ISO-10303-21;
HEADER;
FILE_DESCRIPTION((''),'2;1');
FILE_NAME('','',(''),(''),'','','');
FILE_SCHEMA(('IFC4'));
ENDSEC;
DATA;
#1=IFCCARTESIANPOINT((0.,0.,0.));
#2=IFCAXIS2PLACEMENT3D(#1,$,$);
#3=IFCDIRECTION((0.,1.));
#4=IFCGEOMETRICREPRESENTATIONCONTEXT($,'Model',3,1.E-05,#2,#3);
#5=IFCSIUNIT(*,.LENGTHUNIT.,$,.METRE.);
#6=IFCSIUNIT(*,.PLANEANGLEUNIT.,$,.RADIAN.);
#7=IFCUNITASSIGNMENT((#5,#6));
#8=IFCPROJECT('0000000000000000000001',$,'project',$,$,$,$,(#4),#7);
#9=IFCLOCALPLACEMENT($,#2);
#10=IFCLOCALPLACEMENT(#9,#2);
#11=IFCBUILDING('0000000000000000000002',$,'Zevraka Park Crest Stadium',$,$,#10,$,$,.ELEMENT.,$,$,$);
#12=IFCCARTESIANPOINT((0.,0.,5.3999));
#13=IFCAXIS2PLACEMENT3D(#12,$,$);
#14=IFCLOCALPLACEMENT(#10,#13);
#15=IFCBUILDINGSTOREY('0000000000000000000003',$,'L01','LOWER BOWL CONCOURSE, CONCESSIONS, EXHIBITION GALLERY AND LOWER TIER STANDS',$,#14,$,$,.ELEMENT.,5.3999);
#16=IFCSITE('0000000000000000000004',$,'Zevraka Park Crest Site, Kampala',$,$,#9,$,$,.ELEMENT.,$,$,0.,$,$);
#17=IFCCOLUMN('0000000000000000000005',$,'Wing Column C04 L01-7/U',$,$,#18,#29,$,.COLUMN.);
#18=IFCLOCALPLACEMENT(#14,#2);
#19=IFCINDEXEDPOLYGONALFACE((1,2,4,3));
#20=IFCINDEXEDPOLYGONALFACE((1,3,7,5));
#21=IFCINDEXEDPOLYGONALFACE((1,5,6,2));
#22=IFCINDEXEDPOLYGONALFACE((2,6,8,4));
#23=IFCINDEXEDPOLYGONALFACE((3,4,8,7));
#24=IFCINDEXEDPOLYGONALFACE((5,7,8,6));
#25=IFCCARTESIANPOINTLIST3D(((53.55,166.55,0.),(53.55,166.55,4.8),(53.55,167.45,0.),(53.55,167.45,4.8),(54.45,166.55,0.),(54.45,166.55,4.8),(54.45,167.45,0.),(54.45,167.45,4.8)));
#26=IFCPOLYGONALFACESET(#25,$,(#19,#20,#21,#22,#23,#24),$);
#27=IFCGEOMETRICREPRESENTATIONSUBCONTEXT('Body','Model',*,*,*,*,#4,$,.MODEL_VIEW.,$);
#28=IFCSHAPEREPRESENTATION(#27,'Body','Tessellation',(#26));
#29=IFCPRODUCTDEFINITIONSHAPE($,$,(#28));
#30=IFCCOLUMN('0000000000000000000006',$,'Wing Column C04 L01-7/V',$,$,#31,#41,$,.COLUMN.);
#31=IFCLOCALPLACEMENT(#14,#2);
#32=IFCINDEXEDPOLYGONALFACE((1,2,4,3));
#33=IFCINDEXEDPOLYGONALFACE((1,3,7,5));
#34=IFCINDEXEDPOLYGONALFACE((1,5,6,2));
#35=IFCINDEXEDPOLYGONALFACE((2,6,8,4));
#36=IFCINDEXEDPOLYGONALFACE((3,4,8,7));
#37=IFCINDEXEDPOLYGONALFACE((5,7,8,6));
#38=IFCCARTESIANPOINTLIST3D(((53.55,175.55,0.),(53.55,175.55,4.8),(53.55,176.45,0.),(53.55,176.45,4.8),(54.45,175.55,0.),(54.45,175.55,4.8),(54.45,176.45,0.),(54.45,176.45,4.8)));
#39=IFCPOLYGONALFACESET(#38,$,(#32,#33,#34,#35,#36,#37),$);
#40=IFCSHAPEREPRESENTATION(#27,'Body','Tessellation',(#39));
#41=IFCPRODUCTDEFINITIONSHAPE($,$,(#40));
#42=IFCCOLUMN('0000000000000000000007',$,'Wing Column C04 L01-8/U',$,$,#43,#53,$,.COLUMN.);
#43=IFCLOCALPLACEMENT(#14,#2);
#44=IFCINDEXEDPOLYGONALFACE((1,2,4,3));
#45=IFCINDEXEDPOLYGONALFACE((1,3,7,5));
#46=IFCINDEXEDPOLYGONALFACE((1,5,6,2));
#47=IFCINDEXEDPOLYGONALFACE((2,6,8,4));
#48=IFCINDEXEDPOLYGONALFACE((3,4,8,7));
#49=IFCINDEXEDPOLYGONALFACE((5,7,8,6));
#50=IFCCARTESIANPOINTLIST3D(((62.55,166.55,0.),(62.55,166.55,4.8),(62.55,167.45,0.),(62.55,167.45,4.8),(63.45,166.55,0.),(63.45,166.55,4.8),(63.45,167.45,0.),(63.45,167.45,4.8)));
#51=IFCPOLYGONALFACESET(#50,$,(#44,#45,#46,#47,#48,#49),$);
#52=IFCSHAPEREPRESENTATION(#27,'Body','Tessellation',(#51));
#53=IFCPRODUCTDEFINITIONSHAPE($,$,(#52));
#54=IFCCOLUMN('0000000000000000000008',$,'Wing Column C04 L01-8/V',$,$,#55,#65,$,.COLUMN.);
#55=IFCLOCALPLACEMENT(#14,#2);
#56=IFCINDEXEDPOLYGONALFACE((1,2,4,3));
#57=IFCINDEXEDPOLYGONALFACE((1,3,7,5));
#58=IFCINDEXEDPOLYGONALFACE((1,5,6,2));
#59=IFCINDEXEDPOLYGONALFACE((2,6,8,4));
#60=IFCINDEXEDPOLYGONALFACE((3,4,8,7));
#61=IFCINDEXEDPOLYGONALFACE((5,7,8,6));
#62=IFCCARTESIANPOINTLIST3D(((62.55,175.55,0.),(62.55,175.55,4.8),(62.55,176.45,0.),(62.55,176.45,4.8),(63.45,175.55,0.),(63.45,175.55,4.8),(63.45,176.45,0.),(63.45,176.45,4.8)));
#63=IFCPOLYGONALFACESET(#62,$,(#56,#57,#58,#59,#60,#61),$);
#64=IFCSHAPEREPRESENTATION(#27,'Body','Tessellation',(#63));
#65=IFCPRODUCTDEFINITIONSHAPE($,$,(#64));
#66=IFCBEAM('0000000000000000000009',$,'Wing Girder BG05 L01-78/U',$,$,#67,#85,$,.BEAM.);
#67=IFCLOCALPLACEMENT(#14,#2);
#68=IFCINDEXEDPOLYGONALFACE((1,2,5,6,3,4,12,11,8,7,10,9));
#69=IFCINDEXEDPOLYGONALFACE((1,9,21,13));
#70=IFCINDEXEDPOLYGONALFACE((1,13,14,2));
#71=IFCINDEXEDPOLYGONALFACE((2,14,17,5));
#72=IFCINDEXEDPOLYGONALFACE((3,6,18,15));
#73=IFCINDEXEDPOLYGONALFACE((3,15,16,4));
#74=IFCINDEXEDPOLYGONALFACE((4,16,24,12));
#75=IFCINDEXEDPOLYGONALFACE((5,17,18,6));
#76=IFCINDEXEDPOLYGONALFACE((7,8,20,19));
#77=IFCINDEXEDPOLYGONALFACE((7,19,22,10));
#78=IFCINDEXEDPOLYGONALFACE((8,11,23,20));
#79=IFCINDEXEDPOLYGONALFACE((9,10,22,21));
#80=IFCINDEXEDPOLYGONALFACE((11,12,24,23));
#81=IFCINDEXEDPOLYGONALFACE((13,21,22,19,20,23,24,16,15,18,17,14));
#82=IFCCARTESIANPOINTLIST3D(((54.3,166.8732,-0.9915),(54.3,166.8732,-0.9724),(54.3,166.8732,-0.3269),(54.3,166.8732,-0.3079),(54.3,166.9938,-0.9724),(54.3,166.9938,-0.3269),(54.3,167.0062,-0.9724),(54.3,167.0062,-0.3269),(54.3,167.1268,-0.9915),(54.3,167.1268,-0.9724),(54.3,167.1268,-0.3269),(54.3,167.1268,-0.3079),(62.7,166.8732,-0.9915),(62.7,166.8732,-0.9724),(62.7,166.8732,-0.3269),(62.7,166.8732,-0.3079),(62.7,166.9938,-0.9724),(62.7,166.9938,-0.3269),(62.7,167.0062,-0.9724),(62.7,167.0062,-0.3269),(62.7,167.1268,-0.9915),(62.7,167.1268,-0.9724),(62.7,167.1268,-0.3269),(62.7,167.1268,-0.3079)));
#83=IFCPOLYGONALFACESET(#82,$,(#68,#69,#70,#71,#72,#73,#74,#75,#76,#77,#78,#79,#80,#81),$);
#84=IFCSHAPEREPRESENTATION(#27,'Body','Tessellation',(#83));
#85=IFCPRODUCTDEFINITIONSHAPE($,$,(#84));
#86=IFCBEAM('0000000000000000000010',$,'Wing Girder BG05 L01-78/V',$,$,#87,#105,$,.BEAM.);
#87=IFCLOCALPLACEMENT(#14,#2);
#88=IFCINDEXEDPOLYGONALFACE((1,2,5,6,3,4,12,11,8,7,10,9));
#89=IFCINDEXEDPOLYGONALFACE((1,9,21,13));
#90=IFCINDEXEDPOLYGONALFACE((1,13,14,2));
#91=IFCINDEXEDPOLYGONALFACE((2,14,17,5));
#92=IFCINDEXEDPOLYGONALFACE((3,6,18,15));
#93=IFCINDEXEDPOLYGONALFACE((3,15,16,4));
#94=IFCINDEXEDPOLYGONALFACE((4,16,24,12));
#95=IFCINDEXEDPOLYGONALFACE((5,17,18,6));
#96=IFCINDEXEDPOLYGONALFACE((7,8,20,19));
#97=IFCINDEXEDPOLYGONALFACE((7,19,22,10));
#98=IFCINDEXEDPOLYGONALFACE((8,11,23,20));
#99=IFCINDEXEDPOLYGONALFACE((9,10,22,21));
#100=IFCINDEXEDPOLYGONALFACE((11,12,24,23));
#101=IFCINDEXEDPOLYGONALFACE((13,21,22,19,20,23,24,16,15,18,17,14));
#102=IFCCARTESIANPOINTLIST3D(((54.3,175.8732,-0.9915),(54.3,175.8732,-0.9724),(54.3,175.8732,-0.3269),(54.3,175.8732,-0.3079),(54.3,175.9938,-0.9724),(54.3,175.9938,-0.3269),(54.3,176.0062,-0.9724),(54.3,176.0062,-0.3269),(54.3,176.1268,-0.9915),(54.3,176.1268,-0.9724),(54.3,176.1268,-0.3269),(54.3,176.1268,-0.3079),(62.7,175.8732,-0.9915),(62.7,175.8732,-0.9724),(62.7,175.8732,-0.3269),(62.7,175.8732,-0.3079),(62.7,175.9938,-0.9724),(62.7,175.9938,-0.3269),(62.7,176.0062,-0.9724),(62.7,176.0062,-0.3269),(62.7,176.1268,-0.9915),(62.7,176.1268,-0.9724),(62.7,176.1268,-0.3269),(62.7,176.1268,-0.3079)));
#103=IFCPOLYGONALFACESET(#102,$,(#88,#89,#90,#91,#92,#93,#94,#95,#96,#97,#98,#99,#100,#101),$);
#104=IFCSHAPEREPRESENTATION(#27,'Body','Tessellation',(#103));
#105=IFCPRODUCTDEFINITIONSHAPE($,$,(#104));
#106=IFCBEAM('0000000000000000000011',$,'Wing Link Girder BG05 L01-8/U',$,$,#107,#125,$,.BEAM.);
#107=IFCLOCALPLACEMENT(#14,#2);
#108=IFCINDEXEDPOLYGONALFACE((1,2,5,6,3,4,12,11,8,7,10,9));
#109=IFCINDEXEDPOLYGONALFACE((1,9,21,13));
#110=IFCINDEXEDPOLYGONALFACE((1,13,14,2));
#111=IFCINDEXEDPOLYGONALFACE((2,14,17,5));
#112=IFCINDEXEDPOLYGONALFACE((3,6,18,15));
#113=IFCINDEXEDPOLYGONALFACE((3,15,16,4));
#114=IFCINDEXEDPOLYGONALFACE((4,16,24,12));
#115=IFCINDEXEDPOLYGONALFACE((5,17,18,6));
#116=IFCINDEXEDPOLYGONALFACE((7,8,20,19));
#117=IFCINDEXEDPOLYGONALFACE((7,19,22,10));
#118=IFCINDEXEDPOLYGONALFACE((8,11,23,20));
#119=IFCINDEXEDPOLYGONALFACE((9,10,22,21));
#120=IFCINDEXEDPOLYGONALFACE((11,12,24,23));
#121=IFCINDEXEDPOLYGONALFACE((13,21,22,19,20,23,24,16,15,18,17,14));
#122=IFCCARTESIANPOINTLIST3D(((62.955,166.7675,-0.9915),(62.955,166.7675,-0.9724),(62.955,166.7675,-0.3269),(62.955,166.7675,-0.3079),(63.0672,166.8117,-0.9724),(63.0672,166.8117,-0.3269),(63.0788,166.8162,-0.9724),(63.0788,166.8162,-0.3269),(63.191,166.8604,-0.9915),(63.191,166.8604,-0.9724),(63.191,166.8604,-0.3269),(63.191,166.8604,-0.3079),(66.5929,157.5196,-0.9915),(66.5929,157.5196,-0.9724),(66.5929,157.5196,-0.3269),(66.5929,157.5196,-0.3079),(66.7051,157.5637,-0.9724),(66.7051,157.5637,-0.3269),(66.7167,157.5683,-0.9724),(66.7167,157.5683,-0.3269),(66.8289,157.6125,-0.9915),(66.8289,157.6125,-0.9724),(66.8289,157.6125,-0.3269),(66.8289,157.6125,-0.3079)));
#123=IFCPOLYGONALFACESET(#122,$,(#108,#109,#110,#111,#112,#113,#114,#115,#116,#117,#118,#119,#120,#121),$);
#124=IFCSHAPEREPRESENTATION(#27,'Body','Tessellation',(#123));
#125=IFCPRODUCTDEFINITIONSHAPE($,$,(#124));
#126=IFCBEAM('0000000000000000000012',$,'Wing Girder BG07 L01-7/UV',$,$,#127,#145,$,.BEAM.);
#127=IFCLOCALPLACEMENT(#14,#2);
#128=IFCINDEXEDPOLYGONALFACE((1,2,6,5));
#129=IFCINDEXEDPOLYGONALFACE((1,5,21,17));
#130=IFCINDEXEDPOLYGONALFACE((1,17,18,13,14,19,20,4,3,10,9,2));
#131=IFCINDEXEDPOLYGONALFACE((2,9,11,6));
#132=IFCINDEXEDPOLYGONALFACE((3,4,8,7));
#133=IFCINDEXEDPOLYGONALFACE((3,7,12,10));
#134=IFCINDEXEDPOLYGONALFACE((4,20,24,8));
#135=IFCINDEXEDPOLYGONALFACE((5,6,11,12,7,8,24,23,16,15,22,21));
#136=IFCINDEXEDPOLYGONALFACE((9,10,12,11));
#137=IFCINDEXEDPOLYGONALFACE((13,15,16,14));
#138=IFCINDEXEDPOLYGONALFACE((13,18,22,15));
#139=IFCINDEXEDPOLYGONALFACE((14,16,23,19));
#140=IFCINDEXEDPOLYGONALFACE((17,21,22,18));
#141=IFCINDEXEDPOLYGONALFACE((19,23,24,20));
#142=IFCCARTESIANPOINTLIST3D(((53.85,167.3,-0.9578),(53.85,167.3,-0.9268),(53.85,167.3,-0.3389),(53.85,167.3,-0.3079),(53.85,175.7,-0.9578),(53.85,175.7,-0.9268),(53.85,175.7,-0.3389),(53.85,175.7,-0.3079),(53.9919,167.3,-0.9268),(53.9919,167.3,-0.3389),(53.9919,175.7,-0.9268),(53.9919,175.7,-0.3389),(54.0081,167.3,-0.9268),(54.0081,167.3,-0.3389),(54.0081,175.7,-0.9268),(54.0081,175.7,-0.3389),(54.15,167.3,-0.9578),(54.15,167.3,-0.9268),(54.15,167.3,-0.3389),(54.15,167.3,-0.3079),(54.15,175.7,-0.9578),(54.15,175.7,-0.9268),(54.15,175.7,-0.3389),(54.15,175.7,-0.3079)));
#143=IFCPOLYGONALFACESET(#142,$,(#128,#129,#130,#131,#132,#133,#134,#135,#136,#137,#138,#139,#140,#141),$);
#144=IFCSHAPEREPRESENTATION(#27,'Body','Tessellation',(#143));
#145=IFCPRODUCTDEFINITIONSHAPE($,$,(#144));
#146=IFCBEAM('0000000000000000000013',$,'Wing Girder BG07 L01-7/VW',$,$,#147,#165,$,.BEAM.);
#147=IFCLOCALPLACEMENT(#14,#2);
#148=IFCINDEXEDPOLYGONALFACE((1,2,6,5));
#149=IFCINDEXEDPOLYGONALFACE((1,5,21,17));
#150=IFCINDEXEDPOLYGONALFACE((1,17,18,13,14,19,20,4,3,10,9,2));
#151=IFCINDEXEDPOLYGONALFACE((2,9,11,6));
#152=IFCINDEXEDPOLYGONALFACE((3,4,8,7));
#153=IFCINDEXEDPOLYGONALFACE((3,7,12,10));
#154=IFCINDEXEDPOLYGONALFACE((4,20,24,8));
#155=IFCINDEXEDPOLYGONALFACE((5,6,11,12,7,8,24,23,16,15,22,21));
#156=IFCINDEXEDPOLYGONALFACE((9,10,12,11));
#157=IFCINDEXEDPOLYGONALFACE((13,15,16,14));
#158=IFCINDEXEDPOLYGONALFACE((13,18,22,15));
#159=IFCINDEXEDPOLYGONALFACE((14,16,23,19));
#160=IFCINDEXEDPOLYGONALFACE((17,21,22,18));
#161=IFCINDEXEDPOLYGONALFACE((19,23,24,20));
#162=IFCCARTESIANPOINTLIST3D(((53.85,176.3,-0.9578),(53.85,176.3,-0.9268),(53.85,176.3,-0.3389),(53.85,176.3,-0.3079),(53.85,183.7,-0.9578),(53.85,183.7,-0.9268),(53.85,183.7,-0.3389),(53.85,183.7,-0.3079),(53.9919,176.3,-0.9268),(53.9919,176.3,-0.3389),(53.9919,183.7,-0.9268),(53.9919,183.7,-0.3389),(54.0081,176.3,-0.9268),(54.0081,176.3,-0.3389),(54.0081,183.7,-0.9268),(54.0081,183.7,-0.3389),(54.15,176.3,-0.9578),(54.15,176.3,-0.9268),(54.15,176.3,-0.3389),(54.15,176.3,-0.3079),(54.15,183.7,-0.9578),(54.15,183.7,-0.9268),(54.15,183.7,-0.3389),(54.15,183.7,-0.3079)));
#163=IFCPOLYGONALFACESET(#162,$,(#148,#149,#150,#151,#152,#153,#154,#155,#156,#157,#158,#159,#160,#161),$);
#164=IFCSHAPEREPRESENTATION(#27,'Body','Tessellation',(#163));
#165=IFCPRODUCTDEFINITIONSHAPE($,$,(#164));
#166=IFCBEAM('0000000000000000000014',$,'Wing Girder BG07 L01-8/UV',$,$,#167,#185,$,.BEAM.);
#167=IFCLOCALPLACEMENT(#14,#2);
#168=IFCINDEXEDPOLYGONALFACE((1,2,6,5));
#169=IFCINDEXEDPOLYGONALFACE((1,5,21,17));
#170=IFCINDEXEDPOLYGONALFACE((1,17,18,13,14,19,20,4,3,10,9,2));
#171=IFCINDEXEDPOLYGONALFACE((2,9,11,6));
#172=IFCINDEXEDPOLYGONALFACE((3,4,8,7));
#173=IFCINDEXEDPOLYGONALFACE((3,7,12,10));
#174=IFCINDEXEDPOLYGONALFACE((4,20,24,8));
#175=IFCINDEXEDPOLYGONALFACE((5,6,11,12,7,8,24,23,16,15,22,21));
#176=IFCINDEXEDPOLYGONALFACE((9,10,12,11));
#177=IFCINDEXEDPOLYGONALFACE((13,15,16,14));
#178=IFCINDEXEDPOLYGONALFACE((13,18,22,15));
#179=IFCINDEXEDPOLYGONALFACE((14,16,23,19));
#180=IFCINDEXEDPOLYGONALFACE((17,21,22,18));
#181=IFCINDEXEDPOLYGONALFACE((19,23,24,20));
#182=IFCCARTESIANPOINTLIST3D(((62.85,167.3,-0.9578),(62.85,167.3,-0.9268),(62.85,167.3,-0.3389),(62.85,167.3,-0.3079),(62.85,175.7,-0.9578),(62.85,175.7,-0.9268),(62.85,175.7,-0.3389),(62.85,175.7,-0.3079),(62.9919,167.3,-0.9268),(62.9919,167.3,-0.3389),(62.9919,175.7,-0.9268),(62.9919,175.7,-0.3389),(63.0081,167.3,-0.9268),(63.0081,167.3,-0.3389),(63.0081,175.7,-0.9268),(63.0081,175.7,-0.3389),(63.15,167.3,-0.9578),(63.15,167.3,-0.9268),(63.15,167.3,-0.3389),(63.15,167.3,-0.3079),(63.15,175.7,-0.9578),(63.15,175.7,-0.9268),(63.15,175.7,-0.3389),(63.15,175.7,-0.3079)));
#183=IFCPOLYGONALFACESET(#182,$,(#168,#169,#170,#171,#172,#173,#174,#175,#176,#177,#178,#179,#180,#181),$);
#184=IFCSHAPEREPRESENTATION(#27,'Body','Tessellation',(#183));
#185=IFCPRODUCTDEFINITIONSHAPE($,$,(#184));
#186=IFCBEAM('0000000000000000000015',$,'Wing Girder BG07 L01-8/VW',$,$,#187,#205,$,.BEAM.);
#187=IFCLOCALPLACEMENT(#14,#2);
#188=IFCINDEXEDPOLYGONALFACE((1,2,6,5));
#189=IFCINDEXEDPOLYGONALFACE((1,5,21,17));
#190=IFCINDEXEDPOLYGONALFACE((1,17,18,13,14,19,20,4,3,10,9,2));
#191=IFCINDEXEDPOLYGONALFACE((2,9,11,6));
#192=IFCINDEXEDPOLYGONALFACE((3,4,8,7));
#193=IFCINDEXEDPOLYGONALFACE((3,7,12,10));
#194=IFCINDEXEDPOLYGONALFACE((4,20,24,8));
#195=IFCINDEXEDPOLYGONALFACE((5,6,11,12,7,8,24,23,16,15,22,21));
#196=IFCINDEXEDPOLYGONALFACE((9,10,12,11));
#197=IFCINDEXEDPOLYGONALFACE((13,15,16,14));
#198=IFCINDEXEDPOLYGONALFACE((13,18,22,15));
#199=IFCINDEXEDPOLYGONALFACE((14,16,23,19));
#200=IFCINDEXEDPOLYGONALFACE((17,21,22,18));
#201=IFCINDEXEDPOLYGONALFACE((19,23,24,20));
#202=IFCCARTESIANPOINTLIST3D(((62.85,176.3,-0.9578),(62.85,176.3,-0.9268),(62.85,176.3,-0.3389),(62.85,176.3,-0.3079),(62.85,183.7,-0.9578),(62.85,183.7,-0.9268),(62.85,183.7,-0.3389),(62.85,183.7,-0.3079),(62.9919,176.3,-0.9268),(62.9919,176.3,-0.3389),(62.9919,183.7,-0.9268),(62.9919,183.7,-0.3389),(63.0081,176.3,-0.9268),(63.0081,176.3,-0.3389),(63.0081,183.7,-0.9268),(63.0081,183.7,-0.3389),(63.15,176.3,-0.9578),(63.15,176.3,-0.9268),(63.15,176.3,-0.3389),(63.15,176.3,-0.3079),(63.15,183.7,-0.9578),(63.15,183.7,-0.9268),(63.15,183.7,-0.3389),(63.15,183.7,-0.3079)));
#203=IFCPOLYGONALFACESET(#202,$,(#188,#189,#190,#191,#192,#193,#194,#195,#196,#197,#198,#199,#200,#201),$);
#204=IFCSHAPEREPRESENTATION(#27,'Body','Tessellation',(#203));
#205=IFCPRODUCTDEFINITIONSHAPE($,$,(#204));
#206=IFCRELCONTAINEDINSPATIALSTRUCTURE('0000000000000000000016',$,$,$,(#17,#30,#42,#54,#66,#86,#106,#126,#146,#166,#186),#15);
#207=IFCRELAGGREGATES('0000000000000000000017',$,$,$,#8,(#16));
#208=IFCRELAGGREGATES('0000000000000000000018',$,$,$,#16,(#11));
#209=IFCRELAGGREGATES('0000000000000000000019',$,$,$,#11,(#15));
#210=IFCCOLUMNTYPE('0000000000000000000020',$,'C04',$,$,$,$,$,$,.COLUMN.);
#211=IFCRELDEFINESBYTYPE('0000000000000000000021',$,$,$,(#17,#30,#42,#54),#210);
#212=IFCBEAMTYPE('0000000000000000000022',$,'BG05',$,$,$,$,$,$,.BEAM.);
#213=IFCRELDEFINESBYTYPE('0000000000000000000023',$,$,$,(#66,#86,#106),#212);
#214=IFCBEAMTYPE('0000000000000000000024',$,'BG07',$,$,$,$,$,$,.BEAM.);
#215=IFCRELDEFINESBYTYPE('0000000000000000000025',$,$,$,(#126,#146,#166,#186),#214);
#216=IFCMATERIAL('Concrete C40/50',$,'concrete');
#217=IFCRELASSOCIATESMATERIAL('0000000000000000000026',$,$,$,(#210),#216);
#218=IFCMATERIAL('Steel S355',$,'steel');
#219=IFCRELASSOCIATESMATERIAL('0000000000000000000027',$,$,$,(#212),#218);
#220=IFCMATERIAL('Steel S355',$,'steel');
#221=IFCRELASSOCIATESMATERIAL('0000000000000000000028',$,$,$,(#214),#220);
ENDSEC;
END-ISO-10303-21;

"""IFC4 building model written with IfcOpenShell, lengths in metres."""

from ifc_helpers import new_model, si_unit, direction, frame, origin, origin_2d, place, context, subcontext, project, spatial, rectangle, i_section, extrude, material, material_profile, profile_set, type_object, element, save


model = new_model("IFC4")

# Units and contexts
model_context = context("Model", 3, precision=1e-05, world=origin(), true_north=direction((0.0, 1.0)))
body_context = subcontext(model_context, "Body", "Model", "MODEL_VIEW")
ifc_project = project(units=[si_unit("LENGTHUNIT", "METRE"), si_unit("PLANEANGLEUNIT", "RADIAN")], contexts=[model_context])

# Site, building, storey
site_placement = place(None, origin())
site = spatial("IfcSite", under=ifc_project, at=site_placement, Name="Zevraka Park Crest Site, Kampala", CompositionType="ELEMENT", RefElevation=0.0)
building_placement = place(site_placement, origin())
building = spatial("IfcBuilding", under=site, at=building_placement, Name="Zevraka Park Crest Stadium", CompositionType="ELEMENT")
storey_placement = place(building_placement, frame((0.0, 0.0, 5.3999)))
storey = spatial("IfcBuildingStorey", under=building, at=storey_placement, Name="L01", Description="LOWER BOWL CONCOURSE, CONCESSIONS, EXHIBITION GALLERY AND LOWER TIER STANDS", CompositionType="ELEMENT", Elevation=5.3999)

# Columns
ifc_material_1 = material(Name="Concrete C40/50", Category="concrete")
ifc_material_profile_1 = material_profile(ifc_material_1, rectangle(XDim=0.8999, YDim=0.8999, at=origin_2d()), Name="RC 900x900")
ifc_profile_set_1 = profile_set([ifc_material_profile_1], Name="Concrete C40/50")
column_type = type_object("IfcColumnType", Name="C04", PredefinedType="COLUMN", material=ifc_profile_set_1)
for number, where, z_axis, x_axis, name in (
    (1, (54.0, 167.0, 0.0), (0.0, 0.0, 1.0), (1.0, 0.0, 0.0), "Wing Column C04 L01-7/U"),
    (2, (54.0, 176.0, 0.0), (0.0, 0.0, 1.0), (1.0, 0.0, 0.0), "Wing Column C04 L01-7/V"),
    (3, (63.0, 167.0, 0.0), (0.0, 0.0, 1.0), (1.0, 0.0, 0.0), "Wing Column C04 L01-8/U"),
    (4, (63.0, 176.0, 0.0), (0.0, 0.0, 1.0), (1.0, 0.0, 0.0), "Wing Column C04 L01-8/V"),
):
    element("IfcColumn", number, at=place(storey_placement, frame(where, z_axis=z_axis, x_axis=x_axis)), inside=storey, type_object=column_type, Name=name, PredefinedType="COLUMN", context=body_context, shape_type="SweptSolid", body=[
        extrude(rectangle(XDim=0.8999, YDim=0.8999, at=origin_2d()), origin(), (0.0, 0.0, 1.0), 4.8),
    ])

# Beams
ifc_material_2 = material(Name="Steel S355", Category="steel")
ifc_material_profile_2 = material_profile(ifc_material_2, i_section(OverallWidth=0.2537, OverallDepth=0.6836, WebThickness=0.0125, FlangeThickness=0.019, at=origin_2d()), Name="UKB 686x254x140")
ifc_profile_set_2 = profile_set([ifc_material_profile_2], Name="Steel S355")
beam_type_1 = type_object("IfcBeamType", Name="BG05", PredefinedType="BEAM", material=ifc_profile_set_2)
for number, where, z_axis, x_axis, name in (
    (5, (54.3, 167.0, -0.6497), (1.0, 0.0, 0.0), (0.0, 1.0, 0.0), "Wing Girder BG05 L01-78/U"),
    (6, (54.3, 176.0, -0.6497), (1.0, 0.0, 0.0), (0.0, 1.0, 0.0), "Wing Girder BG05 L01-78/V"),
):
    element("IfcBeam", number, at=place(storey_placement, frame(where, z_axis=z_axis, x_axis=x_axis)), inside=storey, type_object=beam_type_1, Name=name, PredefinedType="BEAM", context=body_context, shape_type="SweptSolid", body=[
        extrude(i_section(OverallWidth=0.2537, OverallDepth=0.6836, WebThickness=0.0125, FlangeThickness=0.019, at=origin_2d()), origin(), (0.0, 0.0, 1.0), 8.3999),
    ])
beam_1_placement = place(storey_placement, frame((63.073, 166.814, -0.6497), z_axis=(0.366069, -0.930588, 0.0), x_axis=(0.930588, 0.366069, 0.0)))
element("IfcBeam", 7, at=beam_1_placement, inside=storey, type_object=beam_type_1, Name="Wing Link Girder BG05 L01-8/U", PredefinedType="BEAM", context=body_context, shape_type="SweptSolid", body=[
    extrude(i_section(OverallWidth=0.2537, OverallDepth=0.6836, WebThickness=0.0125, FlangeThickness=0.019, at=origin_2d()), origin(), (0.0, 0.0, 1.0), 9.9377),
])
ifc_material_3 = material(Name="Steel S355", Category="steel")
ifc_material_profile_3 = material_profile(ifc_material_3, i_section(OverallWidth=0.3, OverallDepth=0.6499, WebThickness=0.0161, FlangeThickness=0.031, at=origin_2d()), Name="HEB 650")
ifc_profile_set_3 = profile_set([ifc_material_profile_3], Name="Steel S355")
beam_type_2 = type_object("IfcBeamType", Name="BG07", PredefinedType="BEAM", material=ifc_profile_set_3)
beam_2_placement = place(storey_placement, frame((54.0, 167.3, -0.6328), z_axis=(0.0, 1.0, 0.0), x_axis=(-1.0, 0.0, 0.0)))
element("IfcBeam", 8, at=beam_2_placement, inside=storey, type_object=beam_type_2, Name="Wing Girder BG07 L01-7/UV", PredefinedType="BEAM", context=body_context, shape_type="SweptSolid", body=[
    extrude(i_section(OverallWidth=0.3, OverallDepth=0.6499, WebThickness=0.0161, FlangeThickness=0.031, at=origin_2d()), origin(), (0.0, 0.0, 1.0), 8.3999),
])
beam_3_placement = place(storey_placement, frame((54.0, 176.3, -0.6328), z_axis=(0.0, 1.0, 0.0), x_axis=(-1.0, 0.0, 0.0)))
element("IfcBeam", 9, at=beam_3_placement, inside=storey, type_object=beam_type_2, Name="Wing Girder BG07 L01-7/VW", PredefinedType="BEAM", context=body_context, shape_type="SweptSolid", body=[
    extrude(i_section(OverallWidth=0.3, OverallDepth=0.6499, WebThickness=0.0161, FlangeThickness=0.031, at=origin_2d()), origin(), (0.0, 0.0, 1.0), 7.3999),
])
beam_4_placement = place(storey_placement, frame((63.0, 167.3, -0.6328), z_axis=(0.0, 1.0, 0.0), x_axis=(-1.0, 0.0, 0.0)))
element("IfcBeam", 10, at=beam_4_placement, inside=storey, type_object=beam_type_2, Name="Wing Girder BG07 L01-8/UV", PredefinedType="BEAM", context=body_context, shape_type="SweptSolid", body=[
    extrude(i_section(OverallWidth=0.3, OverallDepth=0.6499, WebThickness=0.0161, FlangeThickness=0.031, at=origin_2d()), origin(), (0.0, 0.0, 1.0), 8.3999),
])
beam_5_placement = place(storey_placement, frame((63.0, 176.3, -0.6328), z_axis=(0.0, 1.0, 0.0), x_axis=(-1.0, 0.0, 0.0)))
element("IfcBeam", 11, at=beam_5_placement, inside=storey, type_object=beam_type_2, Name="Wing Girder BG07 L01-8/VW", PredefinedType="BEAM", context=body_context, shape_type="SweptSolid", body=[
    extrude(i_section(OverallWidth=0.3, OverallDepth=0.6499, WebThickness=0.0161, FlangeThickness=0.031, at=origin_2d()), origin(), (0.0, 0.0, 1.0), 7.3999),
])

save(model, "model.ifc")
